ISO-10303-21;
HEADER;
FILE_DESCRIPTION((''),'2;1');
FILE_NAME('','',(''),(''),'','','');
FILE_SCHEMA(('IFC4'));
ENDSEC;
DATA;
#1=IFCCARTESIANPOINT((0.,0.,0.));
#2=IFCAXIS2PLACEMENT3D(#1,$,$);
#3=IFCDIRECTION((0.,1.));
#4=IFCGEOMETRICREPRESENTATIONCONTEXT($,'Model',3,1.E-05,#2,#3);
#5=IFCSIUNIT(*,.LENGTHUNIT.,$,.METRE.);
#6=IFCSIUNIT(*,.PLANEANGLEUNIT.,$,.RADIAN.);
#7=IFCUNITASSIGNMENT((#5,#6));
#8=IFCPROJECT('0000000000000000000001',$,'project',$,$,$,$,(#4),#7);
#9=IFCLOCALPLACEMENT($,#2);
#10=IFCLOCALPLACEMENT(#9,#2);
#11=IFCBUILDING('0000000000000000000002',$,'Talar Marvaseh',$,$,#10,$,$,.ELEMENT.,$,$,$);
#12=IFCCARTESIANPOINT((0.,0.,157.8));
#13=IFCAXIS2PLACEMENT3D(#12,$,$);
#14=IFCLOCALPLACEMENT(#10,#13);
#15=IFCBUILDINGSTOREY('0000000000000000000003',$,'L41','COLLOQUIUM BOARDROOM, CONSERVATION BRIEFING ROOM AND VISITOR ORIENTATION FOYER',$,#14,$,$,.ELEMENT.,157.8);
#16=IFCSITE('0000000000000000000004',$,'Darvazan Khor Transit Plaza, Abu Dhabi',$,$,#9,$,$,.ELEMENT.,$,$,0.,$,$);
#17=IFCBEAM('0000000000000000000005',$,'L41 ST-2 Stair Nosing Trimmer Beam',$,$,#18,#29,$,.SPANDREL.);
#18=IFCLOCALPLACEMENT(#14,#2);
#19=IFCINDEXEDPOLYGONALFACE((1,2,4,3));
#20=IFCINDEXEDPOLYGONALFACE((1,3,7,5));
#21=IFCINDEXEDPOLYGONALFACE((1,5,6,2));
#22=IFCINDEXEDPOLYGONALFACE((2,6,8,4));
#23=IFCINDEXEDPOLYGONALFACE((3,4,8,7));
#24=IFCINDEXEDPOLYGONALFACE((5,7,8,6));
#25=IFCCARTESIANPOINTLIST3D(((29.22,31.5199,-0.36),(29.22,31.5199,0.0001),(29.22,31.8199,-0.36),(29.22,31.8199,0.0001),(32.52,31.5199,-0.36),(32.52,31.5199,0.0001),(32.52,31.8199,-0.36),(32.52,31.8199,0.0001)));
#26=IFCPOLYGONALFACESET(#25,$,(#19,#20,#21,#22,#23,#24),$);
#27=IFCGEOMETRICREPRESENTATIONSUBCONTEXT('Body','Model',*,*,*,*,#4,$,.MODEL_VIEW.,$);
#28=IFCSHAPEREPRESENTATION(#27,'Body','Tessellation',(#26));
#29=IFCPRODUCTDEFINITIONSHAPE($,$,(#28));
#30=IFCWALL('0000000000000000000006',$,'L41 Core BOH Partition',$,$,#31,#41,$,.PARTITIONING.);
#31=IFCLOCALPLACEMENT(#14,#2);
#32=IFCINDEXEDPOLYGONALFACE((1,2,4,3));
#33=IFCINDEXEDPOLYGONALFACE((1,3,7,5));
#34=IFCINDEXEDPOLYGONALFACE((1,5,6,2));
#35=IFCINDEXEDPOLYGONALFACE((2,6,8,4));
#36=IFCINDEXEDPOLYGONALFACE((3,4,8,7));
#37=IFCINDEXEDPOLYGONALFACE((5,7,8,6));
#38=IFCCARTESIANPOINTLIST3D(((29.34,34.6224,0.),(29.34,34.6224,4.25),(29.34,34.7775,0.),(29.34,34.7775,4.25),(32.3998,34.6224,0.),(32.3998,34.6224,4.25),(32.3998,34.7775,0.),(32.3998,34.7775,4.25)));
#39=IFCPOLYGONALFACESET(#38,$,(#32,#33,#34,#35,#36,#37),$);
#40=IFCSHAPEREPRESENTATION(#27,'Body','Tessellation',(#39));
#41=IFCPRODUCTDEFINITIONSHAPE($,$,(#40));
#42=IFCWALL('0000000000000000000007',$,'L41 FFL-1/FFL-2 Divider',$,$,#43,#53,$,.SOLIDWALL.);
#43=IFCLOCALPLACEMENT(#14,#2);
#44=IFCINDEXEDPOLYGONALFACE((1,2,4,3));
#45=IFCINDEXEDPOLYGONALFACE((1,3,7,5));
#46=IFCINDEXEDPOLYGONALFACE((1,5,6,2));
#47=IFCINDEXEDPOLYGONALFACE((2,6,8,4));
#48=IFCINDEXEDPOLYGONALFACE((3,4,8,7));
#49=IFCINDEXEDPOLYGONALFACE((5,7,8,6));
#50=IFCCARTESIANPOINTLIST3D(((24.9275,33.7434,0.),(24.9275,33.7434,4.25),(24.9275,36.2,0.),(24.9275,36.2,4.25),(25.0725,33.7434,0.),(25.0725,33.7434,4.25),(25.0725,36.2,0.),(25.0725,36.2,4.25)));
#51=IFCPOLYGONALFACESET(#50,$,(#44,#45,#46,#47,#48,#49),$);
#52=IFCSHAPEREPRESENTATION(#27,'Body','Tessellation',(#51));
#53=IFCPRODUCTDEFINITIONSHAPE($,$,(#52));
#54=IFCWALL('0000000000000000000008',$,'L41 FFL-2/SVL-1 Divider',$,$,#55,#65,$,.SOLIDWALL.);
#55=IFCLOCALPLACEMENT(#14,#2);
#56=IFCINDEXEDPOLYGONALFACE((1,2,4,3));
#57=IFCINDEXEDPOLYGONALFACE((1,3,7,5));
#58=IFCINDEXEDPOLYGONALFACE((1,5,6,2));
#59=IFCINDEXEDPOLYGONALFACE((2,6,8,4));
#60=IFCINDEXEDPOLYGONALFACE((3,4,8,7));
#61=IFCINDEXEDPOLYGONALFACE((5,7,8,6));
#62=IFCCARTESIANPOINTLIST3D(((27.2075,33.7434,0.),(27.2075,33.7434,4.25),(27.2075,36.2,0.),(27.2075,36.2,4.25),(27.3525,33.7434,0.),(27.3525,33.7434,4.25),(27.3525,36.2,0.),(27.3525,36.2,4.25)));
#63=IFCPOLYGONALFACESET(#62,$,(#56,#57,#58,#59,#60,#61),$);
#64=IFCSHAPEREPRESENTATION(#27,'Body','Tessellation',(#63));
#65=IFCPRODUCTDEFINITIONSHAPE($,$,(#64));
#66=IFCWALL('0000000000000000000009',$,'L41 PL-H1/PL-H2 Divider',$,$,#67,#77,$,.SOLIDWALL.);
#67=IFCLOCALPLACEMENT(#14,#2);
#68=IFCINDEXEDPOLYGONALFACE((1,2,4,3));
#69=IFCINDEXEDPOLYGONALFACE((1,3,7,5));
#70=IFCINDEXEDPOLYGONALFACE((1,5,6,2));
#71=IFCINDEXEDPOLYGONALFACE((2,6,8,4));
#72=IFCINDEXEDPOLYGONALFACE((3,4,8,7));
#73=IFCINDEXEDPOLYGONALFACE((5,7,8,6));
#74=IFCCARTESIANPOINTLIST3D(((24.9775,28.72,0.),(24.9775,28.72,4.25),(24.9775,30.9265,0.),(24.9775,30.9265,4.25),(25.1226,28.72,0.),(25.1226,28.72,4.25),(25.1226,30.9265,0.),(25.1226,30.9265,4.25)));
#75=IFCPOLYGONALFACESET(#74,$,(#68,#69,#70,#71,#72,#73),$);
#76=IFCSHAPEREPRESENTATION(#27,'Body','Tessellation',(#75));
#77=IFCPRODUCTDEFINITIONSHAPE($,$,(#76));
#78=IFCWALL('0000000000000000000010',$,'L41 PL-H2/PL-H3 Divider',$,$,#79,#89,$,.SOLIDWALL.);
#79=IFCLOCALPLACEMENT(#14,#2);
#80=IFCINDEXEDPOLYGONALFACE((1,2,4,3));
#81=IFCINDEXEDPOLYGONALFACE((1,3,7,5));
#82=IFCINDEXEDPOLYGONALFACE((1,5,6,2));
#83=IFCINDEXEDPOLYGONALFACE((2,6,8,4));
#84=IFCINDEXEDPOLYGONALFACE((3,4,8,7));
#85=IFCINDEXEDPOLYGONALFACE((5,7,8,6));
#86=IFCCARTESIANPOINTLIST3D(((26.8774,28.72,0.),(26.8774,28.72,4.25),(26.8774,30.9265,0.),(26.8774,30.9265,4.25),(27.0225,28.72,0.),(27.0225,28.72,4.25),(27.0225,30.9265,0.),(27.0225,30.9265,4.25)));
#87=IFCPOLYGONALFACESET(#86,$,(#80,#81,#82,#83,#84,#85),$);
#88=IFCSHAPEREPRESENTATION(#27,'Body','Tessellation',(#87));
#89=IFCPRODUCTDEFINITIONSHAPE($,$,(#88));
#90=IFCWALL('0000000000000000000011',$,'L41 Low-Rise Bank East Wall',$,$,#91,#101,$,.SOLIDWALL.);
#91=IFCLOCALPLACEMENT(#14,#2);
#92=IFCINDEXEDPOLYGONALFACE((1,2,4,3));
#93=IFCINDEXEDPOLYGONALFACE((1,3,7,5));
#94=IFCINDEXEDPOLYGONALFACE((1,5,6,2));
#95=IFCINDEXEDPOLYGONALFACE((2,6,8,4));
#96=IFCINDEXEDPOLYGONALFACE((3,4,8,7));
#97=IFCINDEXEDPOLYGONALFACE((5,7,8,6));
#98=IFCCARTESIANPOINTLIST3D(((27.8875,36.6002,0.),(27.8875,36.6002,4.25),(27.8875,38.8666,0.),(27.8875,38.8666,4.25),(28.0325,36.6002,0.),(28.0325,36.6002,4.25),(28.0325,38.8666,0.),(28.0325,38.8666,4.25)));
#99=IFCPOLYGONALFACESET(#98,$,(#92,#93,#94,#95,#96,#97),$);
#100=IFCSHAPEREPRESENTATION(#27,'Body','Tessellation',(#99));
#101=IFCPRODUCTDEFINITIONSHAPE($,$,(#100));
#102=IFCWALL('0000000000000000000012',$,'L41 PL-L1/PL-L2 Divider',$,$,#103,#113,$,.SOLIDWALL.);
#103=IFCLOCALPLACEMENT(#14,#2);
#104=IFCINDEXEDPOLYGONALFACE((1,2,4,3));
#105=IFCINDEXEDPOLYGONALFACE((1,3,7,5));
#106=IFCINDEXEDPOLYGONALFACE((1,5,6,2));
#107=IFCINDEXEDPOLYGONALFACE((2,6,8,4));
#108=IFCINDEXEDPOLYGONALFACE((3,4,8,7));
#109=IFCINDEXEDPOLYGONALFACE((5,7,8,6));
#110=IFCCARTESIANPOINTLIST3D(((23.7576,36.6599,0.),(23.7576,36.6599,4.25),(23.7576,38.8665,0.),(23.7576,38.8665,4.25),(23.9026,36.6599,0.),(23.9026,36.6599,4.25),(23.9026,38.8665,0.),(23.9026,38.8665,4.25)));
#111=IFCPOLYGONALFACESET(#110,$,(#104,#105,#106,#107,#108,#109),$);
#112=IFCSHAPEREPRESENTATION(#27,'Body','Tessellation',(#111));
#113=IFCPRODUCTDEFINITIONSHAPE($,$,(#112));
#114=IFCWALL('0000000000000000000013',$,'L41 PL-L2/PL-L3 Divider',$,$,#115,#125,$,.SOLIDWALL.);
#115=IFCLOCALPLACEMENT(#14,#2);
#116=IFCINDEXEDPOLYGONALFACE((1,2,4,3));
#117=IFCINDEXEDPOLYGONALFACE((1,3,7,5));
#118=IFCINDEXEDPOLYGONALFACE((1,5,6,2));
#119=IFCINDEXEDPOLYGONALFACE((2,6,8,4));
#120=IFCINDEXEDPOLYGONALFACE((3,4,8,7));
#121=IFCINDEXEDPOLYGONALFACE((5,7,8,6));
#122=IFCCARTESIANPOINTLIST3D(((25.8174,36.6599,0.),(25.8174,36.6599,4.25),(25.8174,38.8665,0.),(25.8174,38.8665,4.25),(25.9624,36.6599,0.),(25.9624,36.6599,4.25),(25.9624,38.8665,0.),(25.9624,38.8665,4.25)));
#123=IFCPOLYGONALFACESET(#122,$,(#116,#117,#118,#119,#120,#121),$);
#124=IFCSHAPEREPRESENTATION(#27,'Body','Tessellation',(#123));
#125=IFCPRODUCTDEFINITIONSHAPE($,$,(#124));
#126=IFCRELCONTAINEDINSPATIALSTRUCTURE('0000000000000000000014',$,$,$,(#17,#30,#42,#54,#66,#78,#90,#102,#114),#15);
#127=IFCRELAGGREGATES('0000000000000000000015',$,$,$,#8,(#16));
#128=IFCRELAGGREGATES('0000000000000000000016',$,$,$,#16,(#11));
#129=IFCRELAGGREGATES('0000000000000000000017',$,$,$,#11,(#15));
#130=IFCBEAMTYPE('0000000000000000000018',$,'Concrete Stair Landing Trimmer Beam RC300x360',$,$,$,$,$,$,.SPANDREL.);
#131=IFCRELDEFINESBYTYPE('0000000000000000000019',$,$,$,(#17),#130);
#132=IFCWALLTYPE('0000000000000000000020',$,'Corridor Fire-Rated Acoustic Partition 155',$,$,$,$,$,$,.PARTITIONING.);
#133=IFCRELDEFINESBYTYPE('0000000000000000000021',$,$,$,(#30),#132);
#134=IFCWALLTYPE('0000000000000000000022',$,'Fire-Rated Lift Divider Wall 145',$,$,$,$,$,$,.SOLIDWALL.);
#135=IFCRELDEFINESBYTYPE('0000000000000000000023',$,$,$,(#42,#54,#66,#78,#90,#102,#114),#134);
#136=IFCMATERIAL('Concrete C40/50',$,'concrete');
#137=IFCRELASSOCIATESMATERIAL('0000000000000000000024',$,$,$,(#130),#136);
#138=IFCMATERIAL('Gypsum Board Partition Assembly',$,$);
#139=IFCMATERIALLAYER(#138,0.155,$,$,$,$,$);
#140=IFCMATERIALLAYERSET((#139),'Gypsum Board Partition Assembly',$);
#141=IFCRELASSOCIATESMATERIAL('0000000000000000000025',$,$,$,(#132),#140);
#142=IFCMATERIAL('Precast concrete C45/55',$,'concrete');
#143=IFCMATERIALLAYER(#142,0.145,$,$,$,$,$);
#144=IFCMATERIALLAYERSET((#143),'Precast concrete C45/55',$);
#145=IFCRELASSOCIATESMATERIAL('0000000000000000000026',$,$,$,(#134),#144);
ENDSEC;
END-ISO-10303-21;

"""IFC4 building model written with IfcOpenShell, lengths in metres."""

from ifc_helpers import new_model, si_unit, direction, frame, frame_2d, origin, origin_2d, place, context, subcontext, project, spatial, rectangle, extrude, material, layer, layer_set, material_profile, profile_set, type_object, element, save


model = new_model("IFC4")

# Units and contexts
model_context = context("Model", 3, precision=1e-05, world=origin(), true_north=direction((0.0, 1.0)))
body_context = subcontext(model_context, "Body", "Model", "MODEL_VIEW")
ifc_project = project(units=[si_unit("LENGTHUNIT", "METRE"), si_unit("PLANEANGLEUNIT", "RADIAN")], contexts=[model_context])

# Site, building, storey
site_placement = place(None, origin())
site = spatial("IfcSite", under=ifc_project, at=site_placement, Name="Darvazan Khor Transit Plaza, Abu Dhabi", CompositionType="ELEMENT", RefElevation=0.0)
building_placement = place(site_placement, origin())
building = spatial("IfcBuilding", under=site, at=building_placement, Name="Talar Marvaseh", CompositionType="ELEMENT")
storey_placement = place(building_placement, frame((0.0, 0.0, 157.8)))
storey = spatial("IfcBuildingStorey", under=building, at=storey_placement, Name="L41", Description="COLLOQUIUM BOARDROOM, CONSERVATION BRIEFING ROOM AND VISITOR ORIENTATION FOYER", CompositionType="ELEMENT", Elevation=157.8)

# Beam
ifc_material_1 = material(Name="Concrete C40/50", Category="concrete")
ifc_material_profile = material_profile(ifc_material_1, rectangle(XDim=0.3, YDim=0.3601, at=origin_2d()), Name="RC300x360")
ifc_profile_set = profile_set([ifc_material_profile], Name="Concrete C40/50")
beam_type = type_object("IfcBeamType", Name="Concrete Stair Landing Trimmer Beam RC300x360", PredefinedType="SPANDREL", material=ifc_profile_set)
beam_placement = place(storey_placement, frame((29.22, 31.6699, -0.1799), z_axis=(1.0, 0.0, 0.0), x_axis=(0.0, 1.0, 0.0)))
element("IfcBeam", 1, at=beam_placement, inside=storey, type_object=beam_type, Name="L41 ST-2 Stair Nosing Trimmer Beam", PredefinedType="SPANDREL", context=body_context, shape_type="SweptSolid", body=[
    extrude(rectangle(XDim=0.3, YDim=0.3601, at=origin_2d()), origin(), (0.0, 0.0, 1.0), 3.3),
])

# Walls
ifc_material_2 = material(Name="Gypsum Board Partition Assembly")
ifc_layer_1 = layer(ifc_material_2, 0.155)
ifc_layer_set_1 = layer_set([ifc_layer_1], Name="Gypsum Board Partition Assembly")
wall_type_1 = type_object("IfcWallType", Name="Corridor Fire-Rated Acoustic Partition 155", PredefinedType="PARTITIONING", material=ifc_layer_set_1)
wall_1_placement = place(storey_placement, frame((29.3401, 34.7, 0.0), z_axis=(0.0, 0.0, 1.0), x_axis=(1.0, 0.0, 0.0)))
element("IfcWall", 2, at=wall_1_placement, inside=storey, type_object=wall_type_1, Name="L41 Core BOH Partition", PredefinedType="PARTITIONING", context=body_context, shape_type="SweptSolid", body=[
    extrude(rectangle(XDim=3.0598, YDim=0.155, at=frame_2d((1.5298, 0.0))), origin(), (0.0, 0.0, 1.0), 4.25),
])
ifc_material_3 = material(Name="Precast concrete C45/55", Category="concrete")
ifc_layer_2 = layer(ifc_material_3, 0.145)
ifc_layer_set_2 = layer_set([ifc_layer_2], Name="Precast concrete C45/55")
wall_type_2 = type_object("IfcWallType", Name="Fire-Rated Lift Divider Wall 145", PredefinedType="SOLIDWALL", material=ifc_layer_set_2)
for number, where, z_axis, x_axis, name in (
    (3, (25.0, 33.7434, 0.0), (0.0, 0.0, 1.0), (0.0, 1.0, 0.0), "L41 FFL-1/FFL-2 Divider"),
    (4, (27.28, 33.7434, 0.0), (0.0, 0.0, 1.0), (0.0, 1.0, 0.0), "L41 FFL-2/SVL-1 Divider"),
):
    element("IfcWall", number, at=place(storey_placement, frame(where, z_axis=z_axis, x_axis=x_axis)), inside=storey, type_object=wall_type_2, Name=name, PredefinedType="SOLIDWALL", context=body_context, shape_type="SweptSolid", body=[
        extrude(rectangle(XDim=2.4565, YDim=0.145, at=frame_2d((1.2283, 0.0))), origin(), (0.0, 0.0, 1.0), 4.25),
    ])
for number, where, z_axis, x_axis, name in (
    (5, (25.05, 28.72, 0.0), (0.0, 0.0, 1.0), (0.0, 1.0, 0.0), "L41 PL-H1/PL-H2 Divider"),
    (6, (26.95, 28.72, 0.0), (0.0, 0.0, 1.0), (0.0, 1.0, 0.0), "L41 PL-H2/PL-H3 Divider"),
):
    element("IfcWall", number, at=place(storey_placement, frame(where, z_axis=z_axis, x_axis=x_axis)), inside=storey, type_object=wall_type_2, Name=name, PredefinedType="SOLIDWALL", context=body_context, shape_type="SweptSolid", body=[
        extrude(rectangle(XDim=2.2065, YDim=0.145, at=frame_2d((1.1033, 0.0))), origin(), (0.0, 0.0, 1.0), 4.25),
    ])
wall_2_placement = place(storey_placement, frame((27.96, 36.6001, 0.0), z_axis=(0.0, 0.0, 1.0), x_axis=(0.0, 1.0, 0.0)))
element("IfcWall", 7, at=wall_2_placement, inside=storey, type_object=wall_type_2, Name="L41 Low-Rise Bank East Wall", PredefinedType="SOLIDWALL", context=body_context, shape_type="SweptSolid", body=[
    extrude(rectangle(XDim=2.2664, YDim=0.145, at=frame_2d((1.1333, 0.0))), origin(), (0.0, 0.0, 1.0), 4.25),
])
for number, where, z_axis, x_axis, name in (
    (8, (23.8301, 36.6599, 0.0), (0.0, 0.0, 1.0), (0.0, 1.0, 0.0), "L41 PL-L1/PL-L2 Divider"),
    (9, (25.8899, 36.6599, 0.0), (0.0, 0.0, 1.0), (0.0, 1.0, 0.0), "L41 PL-L2/PL-L3 Divider"),
):
    element("IfcWall", number, at=place(storey_placement, frame(where, z_axis=z_axis, x_axis=x_axis)), inside=storey, type_object=wall_type_2, Name=name, PredefinedType="SOLIDWALL", context=body_context, shape_type="SweptSolid", body=[
        extrude(rectangle(XDim=2.2065, YDim=0.145, at=frame_2d((1.1033, 0.0))), origin(), (0.0, 0.0, 1.0), 4.25),
    ])

save(model, "model.ifc")
